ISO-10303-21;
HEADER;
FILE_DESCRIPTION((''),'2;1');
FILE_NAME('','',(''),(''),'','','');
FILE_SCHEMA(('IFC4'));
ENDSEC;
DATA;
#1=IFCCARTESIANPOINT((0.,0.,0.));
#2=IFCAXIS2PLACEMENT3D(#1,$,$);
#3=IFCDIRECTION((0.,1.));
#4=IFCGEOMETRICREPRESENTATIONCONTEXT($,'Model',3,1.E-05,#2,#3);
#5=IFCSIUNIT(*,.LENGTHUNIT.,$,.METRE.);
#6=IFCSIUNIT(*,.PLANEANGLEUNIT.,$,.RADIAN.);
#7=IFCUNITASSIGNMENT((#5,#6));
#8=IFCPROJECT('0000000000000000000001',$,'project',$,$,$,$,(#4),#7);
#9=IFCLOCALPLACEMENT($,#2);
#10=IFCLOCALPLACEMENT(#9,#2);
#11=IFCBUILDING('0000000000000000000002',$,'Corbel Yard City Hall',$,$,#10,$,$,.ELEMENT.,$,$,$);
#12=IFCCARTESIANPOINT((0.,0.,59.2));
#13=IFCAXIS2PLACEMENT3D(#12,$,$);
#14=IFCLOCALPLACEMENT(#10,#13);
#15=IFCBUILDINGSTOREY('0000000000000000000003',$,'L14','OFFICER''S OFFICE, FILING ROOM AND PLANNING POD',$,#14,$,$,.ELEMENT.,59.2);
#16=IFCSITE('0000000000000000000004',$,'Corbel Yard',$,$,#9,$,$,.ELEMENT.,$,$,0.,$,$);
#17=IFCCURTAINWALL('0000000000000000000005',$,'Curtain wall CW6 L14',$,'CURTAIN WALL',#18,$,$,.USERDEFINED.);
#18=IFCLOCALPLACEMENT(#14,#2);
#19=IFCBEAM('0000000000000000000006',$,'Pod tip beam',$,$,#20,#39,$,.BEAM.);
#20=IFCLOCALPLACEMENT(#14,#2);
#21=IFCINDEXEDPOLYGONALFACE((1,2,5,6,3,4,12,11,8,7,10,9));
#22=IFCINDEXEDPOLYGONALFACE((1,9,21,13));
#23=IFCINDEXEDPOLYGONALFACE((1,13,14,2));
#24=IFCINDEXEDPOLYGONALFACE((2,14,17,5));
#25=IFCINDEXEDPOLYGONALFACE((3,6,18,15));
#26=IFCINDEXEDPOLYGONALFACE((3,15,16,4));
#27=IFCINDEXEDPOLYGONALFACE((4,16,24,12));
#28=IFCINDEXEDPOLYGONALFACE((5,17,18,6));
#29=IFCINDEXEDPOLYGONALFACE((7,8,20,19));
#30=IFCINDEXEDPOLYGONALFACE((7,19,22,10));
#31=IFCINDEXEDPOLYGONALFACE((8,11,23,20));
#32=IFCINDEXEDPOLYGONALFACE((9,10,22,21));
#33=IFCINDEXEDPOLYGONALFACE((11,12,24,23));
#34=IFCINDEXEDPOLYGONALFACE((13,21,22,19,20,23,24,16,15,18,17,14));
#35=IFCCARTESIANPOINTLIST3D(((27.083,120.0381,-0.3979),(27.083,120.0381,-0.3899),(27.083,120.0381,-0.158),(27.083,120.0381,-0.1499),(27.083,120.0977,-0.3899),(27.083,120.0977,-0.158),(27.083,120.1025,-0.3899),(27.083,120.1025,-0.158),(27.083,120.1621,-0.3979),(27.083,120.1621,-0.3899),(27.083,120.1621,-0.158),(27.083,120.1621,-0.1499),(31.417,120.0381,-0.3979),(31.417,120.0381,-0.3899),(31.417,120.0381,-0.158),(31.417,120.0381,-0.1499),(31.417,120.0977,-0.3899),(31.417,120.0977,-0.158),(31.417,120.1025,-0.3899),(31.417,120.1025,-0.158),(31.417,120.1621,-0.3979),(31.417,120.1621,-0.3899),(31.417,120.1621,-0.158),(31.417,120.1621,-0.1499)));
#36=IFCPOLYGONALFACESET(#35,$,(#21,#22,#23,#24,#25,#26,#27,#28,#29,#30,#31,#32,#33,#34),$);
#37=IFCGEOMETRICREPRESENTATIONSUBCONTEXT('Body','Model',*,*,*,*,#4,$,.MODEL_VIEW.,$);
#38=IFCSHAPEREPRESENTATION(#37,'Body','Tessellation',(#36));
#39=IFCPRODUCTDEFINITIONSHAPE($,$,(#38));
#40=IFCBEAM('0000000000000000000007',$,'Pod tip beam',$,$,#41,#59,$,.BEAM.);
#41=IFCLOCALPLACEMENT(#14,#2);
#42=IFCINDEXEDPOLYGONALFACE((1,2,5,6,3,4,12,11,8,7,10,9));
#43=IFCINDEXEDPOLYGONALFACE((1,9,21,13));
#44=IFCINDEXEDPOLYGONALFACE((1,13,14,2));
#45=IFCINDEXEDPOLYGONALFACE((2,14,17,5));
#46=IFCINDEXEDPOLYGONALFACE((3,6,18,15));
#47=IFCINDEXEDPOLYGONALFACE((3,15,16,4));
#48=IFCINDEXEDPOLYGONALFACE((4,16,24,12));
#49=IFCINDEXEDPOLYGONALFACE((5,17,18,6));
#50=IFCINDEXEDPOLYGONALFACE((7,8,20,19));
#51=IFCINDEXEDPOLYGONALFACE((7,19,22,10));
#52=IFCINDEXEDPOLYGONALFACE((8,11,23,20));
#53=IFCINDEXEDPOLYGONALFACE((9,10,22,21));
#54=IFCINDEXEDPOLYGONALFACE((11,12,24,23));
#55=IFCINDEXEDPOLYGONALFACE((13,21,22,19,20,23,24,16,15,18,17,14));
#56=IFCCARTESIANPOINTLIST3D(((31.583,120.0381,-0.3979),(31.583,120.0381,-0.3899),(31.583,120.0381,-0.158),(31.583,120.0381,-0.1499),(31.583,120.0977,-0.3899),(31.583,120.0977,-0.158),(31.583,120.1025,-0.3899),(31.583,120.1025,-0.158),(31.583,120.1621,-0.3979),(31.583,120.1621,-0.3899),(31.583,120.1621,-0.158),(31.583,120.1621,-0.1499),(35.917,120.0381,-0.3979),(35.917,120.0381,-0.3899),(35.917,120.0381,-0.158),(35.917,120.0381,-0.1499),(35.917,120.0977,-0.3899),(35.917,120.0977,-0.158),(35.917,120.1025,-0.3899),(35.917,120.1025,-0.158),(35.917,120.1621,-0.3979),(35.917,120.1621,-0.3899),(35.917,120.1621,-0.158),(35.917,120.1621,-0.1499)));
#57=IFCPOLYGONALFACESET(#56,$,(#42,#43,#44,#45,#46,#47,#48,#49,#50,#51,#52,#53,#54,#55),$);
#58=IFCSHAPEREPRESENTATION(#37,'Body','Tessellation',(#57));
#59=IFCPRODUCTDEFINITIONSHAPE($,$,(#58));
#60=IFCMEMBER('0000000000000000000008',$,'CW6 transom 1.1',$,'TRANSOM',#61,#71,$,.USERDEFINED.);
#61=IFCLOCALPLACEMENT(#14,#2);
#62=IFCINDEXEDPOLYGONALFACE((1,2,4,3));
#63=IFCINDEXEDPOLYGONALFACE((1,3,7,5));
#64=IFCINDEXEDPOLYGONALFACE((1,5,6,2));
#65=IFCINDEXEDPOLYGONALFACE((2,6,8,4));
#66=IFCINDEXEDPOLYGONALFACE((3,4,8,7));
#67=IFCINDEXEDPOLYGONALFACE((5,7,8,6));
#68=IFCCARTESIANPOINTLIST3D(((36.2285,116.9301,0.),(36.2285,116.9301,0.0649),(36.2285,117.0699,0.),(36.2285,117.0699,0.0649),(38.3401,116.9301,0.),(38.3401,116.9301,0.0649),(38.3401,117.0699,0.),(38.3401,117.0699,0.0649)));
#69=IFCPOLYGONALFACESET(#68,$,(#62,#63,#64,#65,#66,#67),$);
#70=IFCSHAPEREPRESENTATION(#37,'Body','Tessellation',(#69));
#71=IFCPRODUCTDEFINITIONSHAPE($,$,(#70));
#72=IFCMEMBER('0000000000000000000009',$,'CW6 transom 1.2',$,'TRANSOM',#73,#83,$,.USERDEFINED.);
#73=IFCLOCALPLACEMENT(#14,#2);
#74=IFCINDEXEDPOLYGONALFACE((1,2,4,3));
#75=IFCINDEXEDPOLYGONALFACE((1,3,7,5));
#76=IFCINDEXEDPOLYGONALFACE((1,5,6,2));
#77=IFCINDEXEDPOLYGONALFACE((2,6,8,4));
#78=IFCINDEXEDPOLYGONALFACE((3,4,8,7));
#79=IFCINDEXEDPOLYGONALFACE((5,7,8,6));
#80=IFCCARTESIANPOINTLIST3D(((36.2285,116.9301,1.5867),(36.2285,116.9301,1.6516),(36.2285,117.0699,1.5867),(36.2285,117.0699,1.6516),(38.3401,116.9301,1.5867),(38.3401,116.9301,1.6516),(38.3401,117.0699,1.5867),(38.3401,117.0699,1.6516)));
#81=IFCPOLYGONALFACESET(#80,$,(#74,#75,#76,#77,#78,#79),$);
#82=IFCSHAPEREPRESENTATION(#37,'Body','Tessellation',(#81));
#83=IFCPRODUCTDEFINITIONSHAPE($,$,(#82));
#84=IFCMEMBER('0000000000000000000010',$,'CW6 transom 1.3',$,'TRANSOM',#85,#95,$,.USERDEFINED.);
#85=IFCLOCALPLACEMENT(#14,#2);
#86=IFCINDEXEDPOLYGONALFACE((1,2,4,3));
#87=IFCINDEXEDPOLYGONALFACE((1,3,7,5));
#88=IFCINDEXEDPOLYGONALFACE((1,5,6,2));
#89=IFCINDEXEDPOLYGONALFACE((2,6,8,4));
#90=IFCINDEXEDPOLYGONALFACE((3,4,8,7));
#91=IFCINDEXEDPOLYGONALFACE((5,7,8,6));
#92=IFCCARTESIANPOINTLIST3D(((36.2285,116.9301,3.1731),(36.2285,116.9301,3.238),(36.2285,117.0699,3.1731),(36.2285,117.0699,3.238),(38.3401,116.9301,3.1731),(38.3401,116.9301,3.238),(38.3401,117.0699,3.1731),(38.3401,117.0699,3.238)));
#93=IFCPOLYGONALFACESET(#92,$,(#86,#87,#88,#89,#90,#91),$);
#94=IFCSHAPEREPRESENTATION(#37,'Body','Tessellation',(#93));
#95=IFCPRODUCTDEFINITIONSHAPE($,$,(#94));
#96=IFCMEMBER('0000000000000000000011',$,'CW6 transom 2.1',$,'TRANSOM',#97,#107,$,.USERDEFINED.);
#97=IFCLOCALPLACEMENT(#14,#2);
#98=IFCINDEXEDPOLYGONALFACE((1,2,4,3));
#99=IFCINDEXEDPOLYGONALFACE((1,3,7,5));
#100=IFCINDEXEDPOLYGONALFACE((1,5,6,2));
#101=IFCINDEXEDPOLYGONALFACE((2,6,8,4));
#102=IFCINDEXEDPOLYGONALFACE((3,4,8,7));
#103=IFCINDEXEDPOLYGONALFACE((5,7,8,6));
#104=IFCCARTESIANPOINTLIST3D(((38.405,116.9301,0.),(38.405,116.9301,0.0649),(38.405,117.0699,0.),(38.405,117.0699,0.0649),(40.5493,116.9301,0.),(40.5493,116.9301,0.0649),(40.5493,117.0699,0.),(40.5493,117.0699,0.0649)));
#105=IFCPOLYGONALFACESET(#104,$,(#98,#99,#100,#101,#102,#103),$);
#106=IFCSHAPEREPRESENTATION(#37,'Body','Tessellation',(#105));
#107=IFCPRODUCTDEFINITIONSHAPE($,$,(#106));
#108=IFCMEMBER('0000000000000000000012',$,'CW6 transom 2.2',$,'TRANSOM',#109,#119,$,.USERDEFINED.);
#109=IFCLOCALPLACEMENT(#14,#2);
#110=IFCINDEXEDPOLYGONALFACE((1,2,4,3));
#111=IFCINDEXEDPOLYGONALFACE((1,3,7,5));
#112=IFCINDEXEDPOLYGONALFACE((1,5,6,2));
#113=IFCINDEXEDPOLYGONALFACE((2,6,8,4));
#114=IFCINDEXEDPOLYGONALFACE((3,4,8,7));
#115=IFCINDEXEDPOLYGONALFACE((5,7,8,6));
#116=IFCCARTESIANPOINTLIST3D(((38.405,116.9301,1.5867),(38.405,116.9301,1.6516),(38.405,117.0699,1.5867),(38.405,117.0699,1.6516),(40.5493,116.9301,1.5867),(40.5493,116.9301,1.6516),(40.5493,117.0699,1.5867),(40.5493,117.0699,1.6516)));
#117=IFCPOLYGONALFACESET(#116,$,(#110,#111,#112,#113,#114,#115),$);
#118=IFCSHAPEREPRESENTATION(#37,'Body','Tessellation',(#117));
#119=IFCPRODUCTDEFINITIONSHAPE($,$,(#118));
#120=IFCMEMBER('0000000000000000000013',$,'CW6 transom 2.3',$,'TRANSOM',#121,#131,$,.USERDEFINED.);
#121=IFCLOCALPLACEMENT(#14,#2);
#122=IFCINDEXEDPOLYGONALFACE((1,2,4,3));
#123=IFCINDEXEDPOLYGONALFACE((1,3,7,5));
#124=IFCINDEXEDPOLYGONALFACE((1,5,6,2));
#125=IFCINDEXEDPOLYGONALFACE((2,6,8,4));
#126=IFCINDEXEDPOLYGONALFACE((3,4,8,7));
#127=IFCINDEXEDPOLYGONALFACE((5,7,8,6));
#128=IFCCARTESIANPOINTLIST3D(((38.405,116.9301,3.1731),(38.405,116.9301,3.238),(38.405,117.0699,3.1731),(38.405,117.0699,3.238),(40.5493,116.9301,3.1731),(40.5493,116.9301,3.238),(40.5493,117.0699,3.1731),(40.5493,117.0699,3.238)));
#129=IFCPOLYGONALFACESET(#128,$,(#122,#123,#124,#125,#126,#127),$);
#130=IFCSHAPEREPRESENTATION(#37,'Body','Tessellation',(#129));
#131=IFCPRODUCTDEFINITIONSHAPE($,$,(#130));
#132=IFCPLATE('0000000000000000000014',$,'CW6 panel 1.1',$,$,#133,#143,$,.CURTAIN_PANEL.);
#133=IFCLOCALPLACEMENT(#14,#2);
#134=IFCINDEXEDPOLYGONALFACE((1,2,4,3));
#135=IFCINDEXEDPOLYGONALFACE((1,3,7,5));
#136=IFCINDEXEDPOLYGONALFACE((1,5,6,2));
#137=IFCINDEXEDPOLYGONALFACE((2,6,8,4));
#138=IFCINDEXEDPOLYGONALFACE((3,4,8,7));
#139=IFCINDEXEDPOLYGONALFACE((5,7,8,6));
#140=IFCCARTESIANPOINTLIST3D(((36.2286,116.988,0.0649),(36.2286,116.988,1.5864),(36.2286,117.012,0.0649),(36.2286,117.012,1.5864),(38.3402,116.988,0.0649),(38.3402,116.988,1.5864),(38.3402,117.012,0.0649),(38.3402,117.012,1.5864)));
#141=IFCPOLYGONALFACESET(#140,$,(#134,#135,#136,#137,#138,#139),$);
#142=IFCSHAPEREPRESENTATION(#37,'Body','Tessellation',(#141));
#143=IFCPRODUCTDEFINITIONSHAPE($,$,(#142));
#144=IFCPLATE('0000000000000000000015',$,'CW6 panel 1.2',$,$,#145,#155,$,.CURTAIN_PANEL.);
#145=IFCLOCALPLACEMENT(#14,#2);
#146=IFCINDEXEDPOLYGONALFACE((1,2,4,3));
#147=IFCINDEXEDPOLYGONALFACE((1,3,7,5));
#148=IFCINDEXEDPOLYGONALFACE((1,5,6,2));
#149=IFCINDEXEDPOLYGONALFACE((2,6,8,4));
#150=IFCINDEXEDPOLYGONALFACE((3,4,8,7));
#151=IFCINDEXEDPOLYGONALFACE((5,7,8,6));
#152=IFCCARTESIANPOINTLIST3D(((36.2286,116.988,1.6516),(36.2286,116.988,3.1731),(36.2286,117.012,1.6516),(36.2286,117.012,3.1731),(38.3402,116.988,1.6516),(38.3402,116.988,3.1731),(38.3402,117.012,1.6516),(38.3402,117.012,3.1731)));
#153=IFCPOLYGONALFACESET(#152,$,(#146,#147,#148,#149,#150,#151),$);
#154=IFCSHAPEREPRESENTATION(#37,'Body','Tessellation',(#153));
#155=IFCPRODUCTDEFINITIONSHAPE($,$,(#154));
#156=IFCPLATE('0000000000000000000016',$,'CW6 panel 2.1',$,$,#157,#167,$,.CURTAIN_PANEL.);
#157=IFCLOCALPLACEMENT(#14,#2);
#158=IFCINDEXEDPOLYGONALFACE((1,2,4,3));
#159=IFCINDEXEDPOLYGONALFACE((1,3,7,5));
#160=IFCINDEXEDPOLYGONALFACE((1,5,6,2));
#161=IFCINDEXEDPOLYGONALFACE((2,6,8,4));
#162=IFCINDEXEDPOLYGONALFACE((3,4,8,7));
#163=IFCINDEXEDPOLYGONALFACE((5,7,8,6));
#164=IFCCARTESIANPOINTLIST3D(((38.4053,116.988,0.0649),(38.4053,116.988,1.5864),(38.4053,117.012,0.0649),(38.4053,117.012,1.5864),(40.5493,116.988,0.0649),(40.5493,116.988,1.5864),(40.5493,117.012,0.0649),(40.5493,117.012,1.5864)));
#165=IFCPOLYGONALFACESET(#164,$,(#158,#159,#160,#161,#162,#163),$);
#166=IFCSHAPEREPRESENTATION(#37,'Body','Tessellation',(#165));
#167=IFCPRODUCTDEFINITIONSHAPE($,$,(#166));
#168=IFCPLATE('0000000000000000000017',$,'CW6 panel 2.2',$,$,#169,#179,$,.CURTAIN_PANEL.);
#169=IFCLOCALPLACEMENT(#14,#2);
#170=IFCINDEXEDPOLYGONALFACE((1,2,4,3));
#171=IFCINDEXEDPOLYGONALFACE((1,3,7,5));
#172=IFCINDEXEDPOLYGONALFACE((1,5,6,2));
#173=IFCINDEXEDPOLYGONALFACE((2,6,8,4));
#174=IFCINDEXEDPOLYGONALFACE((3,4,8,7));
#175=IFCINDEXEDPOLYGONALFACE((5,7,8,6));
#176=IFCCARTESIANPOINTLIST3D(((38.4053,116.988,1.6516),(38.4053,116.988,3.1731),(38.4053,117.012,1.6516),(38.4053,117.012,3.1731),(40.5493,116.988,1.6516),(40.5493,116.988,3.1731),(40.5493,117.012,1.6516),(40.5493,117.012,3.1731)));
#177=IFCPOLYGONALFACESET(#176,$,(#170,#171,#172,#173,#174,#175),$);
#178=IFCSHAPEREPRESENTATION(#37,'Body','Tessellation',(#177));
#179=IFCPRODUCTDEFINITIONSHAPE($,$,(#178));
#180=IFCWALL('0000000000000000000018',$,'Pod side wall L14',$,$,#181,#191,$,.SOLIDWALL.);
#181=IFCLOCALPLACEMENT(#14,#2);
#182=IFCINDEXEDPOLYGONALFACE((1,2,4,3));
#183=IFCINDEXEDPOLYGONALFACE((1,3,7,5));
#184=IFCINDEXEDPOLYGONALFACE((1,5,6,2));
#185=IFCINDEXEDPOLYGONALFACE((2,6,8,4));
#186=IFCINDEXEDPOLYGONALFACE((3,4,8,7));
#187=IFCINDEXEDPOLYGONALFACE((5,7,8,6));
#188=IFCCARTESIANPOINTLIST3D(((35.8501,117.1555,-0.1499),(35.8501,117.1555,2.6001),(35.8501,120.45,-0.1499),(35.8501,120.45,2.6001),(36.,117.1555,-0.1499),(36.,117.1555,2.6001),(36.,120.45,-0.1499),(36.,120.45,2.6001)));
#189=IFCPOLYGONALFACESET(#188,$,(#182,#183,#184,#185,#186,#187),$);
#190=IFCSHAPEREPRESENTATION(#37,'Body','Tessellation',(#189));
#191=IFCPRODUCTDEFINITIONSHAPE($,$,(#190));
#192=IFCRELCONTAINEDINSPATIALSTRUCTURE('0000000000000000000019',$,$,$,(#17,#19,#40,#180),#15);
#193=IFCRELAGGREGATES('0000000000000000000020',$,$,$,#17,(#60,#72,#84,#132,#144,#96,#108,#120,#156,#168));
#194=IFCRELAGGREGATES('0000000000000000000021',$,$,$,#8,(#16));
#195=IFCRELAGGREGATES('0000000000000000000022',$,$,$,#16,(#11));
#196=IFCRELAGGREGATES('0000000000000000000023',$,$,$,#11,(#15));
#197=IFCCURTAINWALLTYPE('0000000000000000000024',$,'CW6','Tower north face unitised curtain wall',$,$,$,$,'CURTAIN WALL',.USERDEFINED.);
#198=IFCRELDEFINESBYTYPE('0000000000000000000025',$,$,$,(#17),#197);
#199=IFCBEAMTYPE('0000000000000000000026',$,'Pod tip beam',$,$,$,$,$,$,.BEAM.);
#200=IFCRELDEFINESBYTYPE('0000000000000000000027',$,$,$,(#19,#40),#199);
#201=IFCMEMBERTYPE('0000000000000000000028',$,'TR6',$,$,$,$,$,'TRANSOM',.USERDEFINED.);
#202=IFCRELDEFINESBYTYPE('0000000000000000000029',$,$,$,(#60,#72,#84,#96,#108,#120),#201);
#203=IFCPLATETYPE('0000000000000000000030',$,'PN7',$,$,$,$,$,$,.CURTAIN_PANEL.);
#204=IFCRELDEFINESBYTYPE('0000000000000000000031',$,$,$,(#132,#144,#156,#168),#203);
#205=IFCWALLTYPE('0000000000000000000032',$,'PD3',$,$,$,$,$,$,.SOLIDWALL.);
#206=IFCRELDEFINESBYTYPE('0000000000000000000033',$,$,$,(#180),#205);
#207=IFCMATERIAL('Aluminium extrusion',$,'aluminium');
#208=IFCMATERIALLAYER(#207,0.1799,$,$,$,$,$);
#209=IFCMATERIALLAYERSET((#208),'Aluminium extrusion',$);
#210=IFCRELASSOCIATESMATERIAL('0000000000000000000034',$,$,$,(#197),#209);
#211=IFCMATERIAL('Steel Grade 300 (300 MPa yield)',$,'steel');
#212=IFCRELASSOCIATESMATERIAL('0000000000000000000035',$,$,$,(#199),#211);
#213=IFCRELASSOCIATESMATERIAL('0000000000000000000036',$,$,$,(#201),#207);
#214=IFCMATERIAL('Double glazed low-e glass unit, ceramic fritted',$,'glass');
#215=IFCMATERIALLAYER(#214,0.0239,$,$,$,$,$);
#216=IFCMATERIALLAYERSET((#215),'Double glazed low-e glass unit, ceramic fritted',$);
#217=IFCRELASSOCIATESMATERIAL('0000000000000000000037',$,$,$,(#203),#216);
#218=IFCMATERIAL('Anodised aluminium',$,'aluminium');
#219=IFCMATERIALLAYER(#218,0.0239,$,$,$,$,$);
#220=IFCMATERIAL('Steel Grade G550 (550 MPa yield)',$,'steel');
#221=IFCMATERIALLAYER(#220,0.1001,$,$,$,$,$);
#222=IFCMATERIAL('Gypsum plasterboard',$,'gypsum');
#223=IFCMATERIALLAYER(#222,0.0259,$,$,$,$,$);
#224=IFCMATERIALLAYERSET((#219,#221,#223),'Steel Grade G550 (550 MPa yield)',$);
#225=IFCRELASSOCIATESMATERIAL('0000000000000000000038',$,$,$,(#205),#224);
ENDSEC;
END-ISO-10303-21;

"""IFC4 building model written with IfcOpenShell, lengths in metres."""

from ifc_helpers import new_model, si_unit, direction, frame, frame_2d, origin, origin_2d, place, context, subcontext, project, spatial, rectangle, i_section, extrude, material, layer, layer_set, material_profile, profile_set, type_object, element, aggregate, save


model = new_model("IFC4")

# Units and contexts
model_context = context("Model", 3, precision=1e-05, world=origin(), true_north=direction((0.0, 1.0)))
body_context = subcontext(model_context, "Body", "Model", "MODEL_VIEW")
ifc_project = project(units=[si_unit("LENGTHUNIT", "METRE"), si_unit("PLANEANGLEUNIT", "RADIAN")], contexts=[model_context])

# Site, building, storey
site_placement = place(None, origin())
site = spatial("IfcSite", under=ifc_project, at=site_placement, Name="Corbel Yard", CompositionType="ELEMENT", RefElevation=0.0)
building_placement = place(site_placement, origin())
building = spatial("IfcBuilding", under=site, at=building_placement, Name="Corbel Yard City Hall", CompositionType="ELEMENT")
storey_placement = place(building_placement, frame((0.0, 0.0, 59.2)))
storey = spatial("IfcBuildingStorey", under=building, at=storey_placement, Name="L14", Description="OFFICER'S OFFICE, FILING ROOM AND PLANNING POD", CompositionType="ELEMENT", Elevation=59.2)

# Shared definitions
ifc_material_1 = material(Name="Steel Grade 300 (300 MPa yield)", Category="steel")

# Curtain wall
ifc_material_2 = material(Name="Aluminium extrusion", Category="aluminium")
ifc_layer_1 = layer(ifc_material_2, 0.1799)
ifc_layer_set_1 = layer_set([ifc_layer_1], Name="Aluminium extrusion")
curtain_wall_type = type_object("IfcCurtainWallType", Name="CW6", Description="Tower north face unitised curtain wall", ElementType="CURTAIN WALL", PredefinedType="USERDEFINED", material=ifc_layer_set_1)
curtain_wall_placement = place(storey_placement, origin())
curtain_wall = element("IfcCurtainWall", 1, at=curtain_wall_placement, inside=storey, type_object=curtain_wall_type, Name="Curtain wall CW6 L14", ObjectType="CURTAIN WALL", PredefinedType="USERDEFINED")

# Beams
ifc_material_profile_1 = material_profile(ifc_material_1, i_section(OverallWidth=0.124, OverallDepth=0.248, WebThickness=0.0049, FlangeThickness=0.0081, at=origin_2d()), Name="250UB25.7")
ifc_profile_set_1 = profile_set([ifc_material_profile_1], Name="Steel Grade 300 (300 MPa yield)")
beam_type_1 = type_object("IfcBeamType", Name="Pod tip beam", PredefinedType="BEAM", material=ifc_profile_set_1)
for number, where, z_axis, x_axis, name in (
    (2, (27.083, 120.1001, -0.2739), (1.0, 0.0, 0.0), (0.0, 1.0, 0.0), "Pod tip beam"),
    (3, (31.583, 120.1001, -0.2739), (1.0, 0.0, 0.0), (0.0, 1.0, 0.0), "Pod tip beam"),
):
    element("IfcBeam", number, at=place(storey_placement, frame(where, z_axis=z_axis, x_axis=x_axis)), inside=storey, type_object=beam_type_1, Name=name, PredefinedType="BEAM", context=body_context, shape_type="SweptSolid", body=[
        extrude(i_section(OverallWidth=0.124, OverallDepth=0.248, WebThickness=0.0049, FlangeThickness=0.0081, at=origin_2d()), origin(), (0.0, 0.0, 1.0), 4.334),
    ])

# Members
ifc_material_profile_2 = material_profile(ifc_material_2, rectangle(XDim=0.1399, YDim=0.0649, at=origin_2d()), Name="140x65")
ifc_profile_set_2 = profile_set([ifc_material_profile_2], Name="Aluminium extrusion")
member_type_1 = type_object("IfcMemberType", Name="TR6", ElementType="TRANSOM", PredefinedType="USERDEFINED", material=ifc_profile_set_2)
member_1_placement = place(storey_placement, frame((36.2285, 117.0, 0.0325), z_axis=(1.0, 0.0, 0.0), x_axis=(0.0, 1.0, 0.0)))
member_1 = element("IfcMember", 4, at=member_1_placement, type_object=member_type_1, Name="CW6 transom 1.1", ObjectType="TRANSOM", PredefinedType="USERDEFINED", context=body_context, shape_type="SweptSolid", body=[
    extrude(rectangle(XDim=0.1399, YDim=0.0649, at=origin_2d()), origin(), (0.0, 0.0, 1.0), 2.1116),
])
member_2_placement = place(storey_placement, frame((36.2285, 117.0, 1.6191), z_axis=(1.0, 0.0, 0.0), x_axis=(0.0, 1.0, 0.0)))
member_2 = element("IfcMember", 5, at=member_2_placement, type_object=member_type_1, Name="CW6 transom 1.2", ObjectType="TRANSOM", PredefinedType="USERDEFINED", context=body_context, shape_type="SweptSolid", body=[
    extrude(rectangle(XDim=0.1399, YDim=0.0649, at=origin_2d()), origin(), (0.0, 0.0, 1.0), 2.1116),
])
member_3_placement = place(storey_placement, frame((36.2285, 117.0, 3.2056), z_axis=(1.0, 0.0, 0.0), x_axis=(0.0, 1.0, 0.0)))
member_3 = element("IfcMember", 6, at=member_3_placement, type_object=member_type_1, Name="CW6 transom 1.3", ObjectType="TRANSOM", PredefinedType="USERDEFINED", context=body_context, shape_type="SweptSolid", body=[
    extrude(rectangle(XDim=0.1399, YDim=0.0649, at=origin_2d()), origin(), (0.0, 0.0, 1.0), 2.1116),
])
member_4_placement = place(storey_placement, frame((38.405, 117.0, 0.0325), z_axis=(1.0, 0.0, 0.0), x_axis=(0.0, 1.0, 0.0)))
member_4 = element("IfcMember", 7, at=member_4_placement, type_object=member_type_1, Name="CW6 transom 2.1", ObjectType="TRANSOM", PredefinedType="USERDEFINED", context=body_context, shape_type="SweptSolid", body=[
    extrude(rectangle(XDim=0.1399, YDim=0.0649, at=origin_2d()), origin(), (0.0, 0.0, 1.0), 2.1443),
])
member_5_placement = place(storey_placement, frame((38.405, 117.0, 1.6191), z_axis=(1.0, 0.0, 0.0), x_axis=(0.0, 1.0, 0.0)))
member_5 = element("IfcMember", 8, at=member_5_placement, type_object=member_type_1, Name="CW6 transom 2.2", ObjectType="TRANSOM", PredefinedType="USERDEFINED", context=body_context, shape_type="SweptSolid", body=[
    extrude(rectangle(XDim=0.1399, YDim=0.0649, at=origin_2d()), origin(), (0.0, 0.0, 1.0), 2.1443),
])
member_6_placement = place(storey_placement, frame((38.405, 117.0, 3.2056), z_axis=(1.0, 0.0, 0.0), x_axis=(0.0, 1.0, 0.0)))
member_6 = element("IfcMember", 9, at=member_6_placement, type_object=member_type_1, Name="CW6 transom 2.3", ObjectType="TRANSOM", PredefinedType="USERDEFINED", context=body_context, shape_type="SweptSolid", body=[
    extrude(rectangle(XDim=0.1399, YDim=0.0649, at=origin_2d()), origin(), (0.0, 0.0, 1.0), 2.1443),
])

# Plates
ifc_material_3 = material(Name="Double glazed low-e glass unit, ceramic fritted", Category="glass")
ifc_layer_2 = layer(ifc_material_3, 0.0239)
ifc_layer_set_2 = layer_set([ifc_layer_2], Name="Double glazed low-e glass unit, ceramic fritted")
plate_type = type_object("IfcPlateType", Name="PN7", PredefinedType="CURTAIN_PANEL", material=ifc_layer_set_2)
plate_1_placement = place(storey_placement, frame((37.2844, 117.0, 0.0649), z_axis=(0.0, 0.0, 1.0), x_axis=(1.0, 0.0, 0.0)))
plate_1 = element("IfcPlate", 10, at=plate_1_placement, type_object=plate_type, Name="CW6 panel 1.1", PredefinedType="CURTAIN_PANEL", context=body_context, shape_type="SweptSolid", body=[
    extrude(rectangle(XDim=2.1116, YDim=0.0239, at=origin_2d()), origin(), (0.0, 0.0, 1.0), 1.5215),
])
plate_2_placement = place(storey_placement, frame((37.2844, 117.0, 1.6516), z_axis=(0.0, 0.0, 1.0), x_axis=(1.0, 0.0, 0.0)))
plate_2 = element("IfcPlate", 11, at=plate_2_placement, type_object=plate_type, Name="CW6 panel 1.2", PredefinedType="CURTAIN_PANEL", context=body_context, shape_type="SweptSolid", body=[
    extrude(rectangle(XDim=2.1116, YDim=0.0239, at=origin_2d()), origin(), (0.0, 0.0, 1.0), 1.5215),
])
plate_3_placement = place(storey_placement, frame((39.4773, 117.0, 0.0649), z_axis=(0.0, 0.0, 1.0), x_axis=(1.0, 0.0, 0.0)))
plate_3 = element("IfcPlate", 12, at=plate_3_placement, type_object=plate_type, Name="CW6 panel 2.1", PredefinedType="CURTAIN_PANEL", context=body_context, shape_type="SweptSolid", body=[
    extrude(rectangle(XDim=2.144, YDim=0.0239, at=origin_2d()), origin(), (0.0, 0.0, 1.0), 1.5215),
])
plate_4_placement = place(storey_placement, frame((39.4773, 117.0, 1.6516), z_axis=(0.0, 0.0, 1.0), x_axis=(1.0, 0.0, 0.0)))
plate_4 = element("IfcPlate", 13, at=plate_4_placement, type_object=plate_type, Name="CW6 panel 2.2", PredefinedType="CURTAIN_PANEL", context=body_context, shape_type="SweptSolid", body=[
    extrude(rectangle(XDim=2.144, YDim=0.0239, at=origin_2d()), origin(), (0.0, 0.0, 1.0), 1.5215),
])
aggregate(curtain_wall, [member_1, member_2, member_3, plate_1, plate_2, member_4, member_5, member_6, plate_3, plate_4])

# Wall
ifc_material_4 = material(Name="Anodised aluminium", Category="aluminium")
ifc_layer_3 = layer(ifc_material_4, 0.0239)
ifc_material_5 = material(Name="Steel Grade G550 (550 MPa yield)", Category="steel")
ifc_layer_4 = layer(ifc_material_5, 0.1001)
ifc_material_6 = material(Name="Gypsum plasterboard", Category="gypsum")
ifc_layer_5 = layer(ifc_material_6, 0.0259)
ifc_layer_set_3 = layer_set([ifc_layer_3, ifc_layer_4, ifc_layer_5], Name="Steel Grade G550 (550 MPa yield)")
wall_type_1 = type_object("IfcWallType", Name="PD3", PredefinedType="SOLIDWALL", material=ifc_layer_set_3)
wall_1_placement = place(storey_placement, frame((35.925, 120.45, -0.1499), z_axis=(0.0, 0.0, 1.0), x_axis=(0.0, -1.0, 0.0)))
element("IfcWall", 14, at=wall_1_placement, inside=storey, type_object=wall_type_1, Name="Pod side wall L14", PredefinedType="SOLIDWALL", context=body_context, shape_type="SweptSolid", body=[
    extrude(rectangle(XDim=3.2944, YDim=0.1499, at=frame_2d((1.6472, 0.0))), origin(), (0.0, 0.0, 1.0), 2.75),
])

save(model, "model.ifc")
